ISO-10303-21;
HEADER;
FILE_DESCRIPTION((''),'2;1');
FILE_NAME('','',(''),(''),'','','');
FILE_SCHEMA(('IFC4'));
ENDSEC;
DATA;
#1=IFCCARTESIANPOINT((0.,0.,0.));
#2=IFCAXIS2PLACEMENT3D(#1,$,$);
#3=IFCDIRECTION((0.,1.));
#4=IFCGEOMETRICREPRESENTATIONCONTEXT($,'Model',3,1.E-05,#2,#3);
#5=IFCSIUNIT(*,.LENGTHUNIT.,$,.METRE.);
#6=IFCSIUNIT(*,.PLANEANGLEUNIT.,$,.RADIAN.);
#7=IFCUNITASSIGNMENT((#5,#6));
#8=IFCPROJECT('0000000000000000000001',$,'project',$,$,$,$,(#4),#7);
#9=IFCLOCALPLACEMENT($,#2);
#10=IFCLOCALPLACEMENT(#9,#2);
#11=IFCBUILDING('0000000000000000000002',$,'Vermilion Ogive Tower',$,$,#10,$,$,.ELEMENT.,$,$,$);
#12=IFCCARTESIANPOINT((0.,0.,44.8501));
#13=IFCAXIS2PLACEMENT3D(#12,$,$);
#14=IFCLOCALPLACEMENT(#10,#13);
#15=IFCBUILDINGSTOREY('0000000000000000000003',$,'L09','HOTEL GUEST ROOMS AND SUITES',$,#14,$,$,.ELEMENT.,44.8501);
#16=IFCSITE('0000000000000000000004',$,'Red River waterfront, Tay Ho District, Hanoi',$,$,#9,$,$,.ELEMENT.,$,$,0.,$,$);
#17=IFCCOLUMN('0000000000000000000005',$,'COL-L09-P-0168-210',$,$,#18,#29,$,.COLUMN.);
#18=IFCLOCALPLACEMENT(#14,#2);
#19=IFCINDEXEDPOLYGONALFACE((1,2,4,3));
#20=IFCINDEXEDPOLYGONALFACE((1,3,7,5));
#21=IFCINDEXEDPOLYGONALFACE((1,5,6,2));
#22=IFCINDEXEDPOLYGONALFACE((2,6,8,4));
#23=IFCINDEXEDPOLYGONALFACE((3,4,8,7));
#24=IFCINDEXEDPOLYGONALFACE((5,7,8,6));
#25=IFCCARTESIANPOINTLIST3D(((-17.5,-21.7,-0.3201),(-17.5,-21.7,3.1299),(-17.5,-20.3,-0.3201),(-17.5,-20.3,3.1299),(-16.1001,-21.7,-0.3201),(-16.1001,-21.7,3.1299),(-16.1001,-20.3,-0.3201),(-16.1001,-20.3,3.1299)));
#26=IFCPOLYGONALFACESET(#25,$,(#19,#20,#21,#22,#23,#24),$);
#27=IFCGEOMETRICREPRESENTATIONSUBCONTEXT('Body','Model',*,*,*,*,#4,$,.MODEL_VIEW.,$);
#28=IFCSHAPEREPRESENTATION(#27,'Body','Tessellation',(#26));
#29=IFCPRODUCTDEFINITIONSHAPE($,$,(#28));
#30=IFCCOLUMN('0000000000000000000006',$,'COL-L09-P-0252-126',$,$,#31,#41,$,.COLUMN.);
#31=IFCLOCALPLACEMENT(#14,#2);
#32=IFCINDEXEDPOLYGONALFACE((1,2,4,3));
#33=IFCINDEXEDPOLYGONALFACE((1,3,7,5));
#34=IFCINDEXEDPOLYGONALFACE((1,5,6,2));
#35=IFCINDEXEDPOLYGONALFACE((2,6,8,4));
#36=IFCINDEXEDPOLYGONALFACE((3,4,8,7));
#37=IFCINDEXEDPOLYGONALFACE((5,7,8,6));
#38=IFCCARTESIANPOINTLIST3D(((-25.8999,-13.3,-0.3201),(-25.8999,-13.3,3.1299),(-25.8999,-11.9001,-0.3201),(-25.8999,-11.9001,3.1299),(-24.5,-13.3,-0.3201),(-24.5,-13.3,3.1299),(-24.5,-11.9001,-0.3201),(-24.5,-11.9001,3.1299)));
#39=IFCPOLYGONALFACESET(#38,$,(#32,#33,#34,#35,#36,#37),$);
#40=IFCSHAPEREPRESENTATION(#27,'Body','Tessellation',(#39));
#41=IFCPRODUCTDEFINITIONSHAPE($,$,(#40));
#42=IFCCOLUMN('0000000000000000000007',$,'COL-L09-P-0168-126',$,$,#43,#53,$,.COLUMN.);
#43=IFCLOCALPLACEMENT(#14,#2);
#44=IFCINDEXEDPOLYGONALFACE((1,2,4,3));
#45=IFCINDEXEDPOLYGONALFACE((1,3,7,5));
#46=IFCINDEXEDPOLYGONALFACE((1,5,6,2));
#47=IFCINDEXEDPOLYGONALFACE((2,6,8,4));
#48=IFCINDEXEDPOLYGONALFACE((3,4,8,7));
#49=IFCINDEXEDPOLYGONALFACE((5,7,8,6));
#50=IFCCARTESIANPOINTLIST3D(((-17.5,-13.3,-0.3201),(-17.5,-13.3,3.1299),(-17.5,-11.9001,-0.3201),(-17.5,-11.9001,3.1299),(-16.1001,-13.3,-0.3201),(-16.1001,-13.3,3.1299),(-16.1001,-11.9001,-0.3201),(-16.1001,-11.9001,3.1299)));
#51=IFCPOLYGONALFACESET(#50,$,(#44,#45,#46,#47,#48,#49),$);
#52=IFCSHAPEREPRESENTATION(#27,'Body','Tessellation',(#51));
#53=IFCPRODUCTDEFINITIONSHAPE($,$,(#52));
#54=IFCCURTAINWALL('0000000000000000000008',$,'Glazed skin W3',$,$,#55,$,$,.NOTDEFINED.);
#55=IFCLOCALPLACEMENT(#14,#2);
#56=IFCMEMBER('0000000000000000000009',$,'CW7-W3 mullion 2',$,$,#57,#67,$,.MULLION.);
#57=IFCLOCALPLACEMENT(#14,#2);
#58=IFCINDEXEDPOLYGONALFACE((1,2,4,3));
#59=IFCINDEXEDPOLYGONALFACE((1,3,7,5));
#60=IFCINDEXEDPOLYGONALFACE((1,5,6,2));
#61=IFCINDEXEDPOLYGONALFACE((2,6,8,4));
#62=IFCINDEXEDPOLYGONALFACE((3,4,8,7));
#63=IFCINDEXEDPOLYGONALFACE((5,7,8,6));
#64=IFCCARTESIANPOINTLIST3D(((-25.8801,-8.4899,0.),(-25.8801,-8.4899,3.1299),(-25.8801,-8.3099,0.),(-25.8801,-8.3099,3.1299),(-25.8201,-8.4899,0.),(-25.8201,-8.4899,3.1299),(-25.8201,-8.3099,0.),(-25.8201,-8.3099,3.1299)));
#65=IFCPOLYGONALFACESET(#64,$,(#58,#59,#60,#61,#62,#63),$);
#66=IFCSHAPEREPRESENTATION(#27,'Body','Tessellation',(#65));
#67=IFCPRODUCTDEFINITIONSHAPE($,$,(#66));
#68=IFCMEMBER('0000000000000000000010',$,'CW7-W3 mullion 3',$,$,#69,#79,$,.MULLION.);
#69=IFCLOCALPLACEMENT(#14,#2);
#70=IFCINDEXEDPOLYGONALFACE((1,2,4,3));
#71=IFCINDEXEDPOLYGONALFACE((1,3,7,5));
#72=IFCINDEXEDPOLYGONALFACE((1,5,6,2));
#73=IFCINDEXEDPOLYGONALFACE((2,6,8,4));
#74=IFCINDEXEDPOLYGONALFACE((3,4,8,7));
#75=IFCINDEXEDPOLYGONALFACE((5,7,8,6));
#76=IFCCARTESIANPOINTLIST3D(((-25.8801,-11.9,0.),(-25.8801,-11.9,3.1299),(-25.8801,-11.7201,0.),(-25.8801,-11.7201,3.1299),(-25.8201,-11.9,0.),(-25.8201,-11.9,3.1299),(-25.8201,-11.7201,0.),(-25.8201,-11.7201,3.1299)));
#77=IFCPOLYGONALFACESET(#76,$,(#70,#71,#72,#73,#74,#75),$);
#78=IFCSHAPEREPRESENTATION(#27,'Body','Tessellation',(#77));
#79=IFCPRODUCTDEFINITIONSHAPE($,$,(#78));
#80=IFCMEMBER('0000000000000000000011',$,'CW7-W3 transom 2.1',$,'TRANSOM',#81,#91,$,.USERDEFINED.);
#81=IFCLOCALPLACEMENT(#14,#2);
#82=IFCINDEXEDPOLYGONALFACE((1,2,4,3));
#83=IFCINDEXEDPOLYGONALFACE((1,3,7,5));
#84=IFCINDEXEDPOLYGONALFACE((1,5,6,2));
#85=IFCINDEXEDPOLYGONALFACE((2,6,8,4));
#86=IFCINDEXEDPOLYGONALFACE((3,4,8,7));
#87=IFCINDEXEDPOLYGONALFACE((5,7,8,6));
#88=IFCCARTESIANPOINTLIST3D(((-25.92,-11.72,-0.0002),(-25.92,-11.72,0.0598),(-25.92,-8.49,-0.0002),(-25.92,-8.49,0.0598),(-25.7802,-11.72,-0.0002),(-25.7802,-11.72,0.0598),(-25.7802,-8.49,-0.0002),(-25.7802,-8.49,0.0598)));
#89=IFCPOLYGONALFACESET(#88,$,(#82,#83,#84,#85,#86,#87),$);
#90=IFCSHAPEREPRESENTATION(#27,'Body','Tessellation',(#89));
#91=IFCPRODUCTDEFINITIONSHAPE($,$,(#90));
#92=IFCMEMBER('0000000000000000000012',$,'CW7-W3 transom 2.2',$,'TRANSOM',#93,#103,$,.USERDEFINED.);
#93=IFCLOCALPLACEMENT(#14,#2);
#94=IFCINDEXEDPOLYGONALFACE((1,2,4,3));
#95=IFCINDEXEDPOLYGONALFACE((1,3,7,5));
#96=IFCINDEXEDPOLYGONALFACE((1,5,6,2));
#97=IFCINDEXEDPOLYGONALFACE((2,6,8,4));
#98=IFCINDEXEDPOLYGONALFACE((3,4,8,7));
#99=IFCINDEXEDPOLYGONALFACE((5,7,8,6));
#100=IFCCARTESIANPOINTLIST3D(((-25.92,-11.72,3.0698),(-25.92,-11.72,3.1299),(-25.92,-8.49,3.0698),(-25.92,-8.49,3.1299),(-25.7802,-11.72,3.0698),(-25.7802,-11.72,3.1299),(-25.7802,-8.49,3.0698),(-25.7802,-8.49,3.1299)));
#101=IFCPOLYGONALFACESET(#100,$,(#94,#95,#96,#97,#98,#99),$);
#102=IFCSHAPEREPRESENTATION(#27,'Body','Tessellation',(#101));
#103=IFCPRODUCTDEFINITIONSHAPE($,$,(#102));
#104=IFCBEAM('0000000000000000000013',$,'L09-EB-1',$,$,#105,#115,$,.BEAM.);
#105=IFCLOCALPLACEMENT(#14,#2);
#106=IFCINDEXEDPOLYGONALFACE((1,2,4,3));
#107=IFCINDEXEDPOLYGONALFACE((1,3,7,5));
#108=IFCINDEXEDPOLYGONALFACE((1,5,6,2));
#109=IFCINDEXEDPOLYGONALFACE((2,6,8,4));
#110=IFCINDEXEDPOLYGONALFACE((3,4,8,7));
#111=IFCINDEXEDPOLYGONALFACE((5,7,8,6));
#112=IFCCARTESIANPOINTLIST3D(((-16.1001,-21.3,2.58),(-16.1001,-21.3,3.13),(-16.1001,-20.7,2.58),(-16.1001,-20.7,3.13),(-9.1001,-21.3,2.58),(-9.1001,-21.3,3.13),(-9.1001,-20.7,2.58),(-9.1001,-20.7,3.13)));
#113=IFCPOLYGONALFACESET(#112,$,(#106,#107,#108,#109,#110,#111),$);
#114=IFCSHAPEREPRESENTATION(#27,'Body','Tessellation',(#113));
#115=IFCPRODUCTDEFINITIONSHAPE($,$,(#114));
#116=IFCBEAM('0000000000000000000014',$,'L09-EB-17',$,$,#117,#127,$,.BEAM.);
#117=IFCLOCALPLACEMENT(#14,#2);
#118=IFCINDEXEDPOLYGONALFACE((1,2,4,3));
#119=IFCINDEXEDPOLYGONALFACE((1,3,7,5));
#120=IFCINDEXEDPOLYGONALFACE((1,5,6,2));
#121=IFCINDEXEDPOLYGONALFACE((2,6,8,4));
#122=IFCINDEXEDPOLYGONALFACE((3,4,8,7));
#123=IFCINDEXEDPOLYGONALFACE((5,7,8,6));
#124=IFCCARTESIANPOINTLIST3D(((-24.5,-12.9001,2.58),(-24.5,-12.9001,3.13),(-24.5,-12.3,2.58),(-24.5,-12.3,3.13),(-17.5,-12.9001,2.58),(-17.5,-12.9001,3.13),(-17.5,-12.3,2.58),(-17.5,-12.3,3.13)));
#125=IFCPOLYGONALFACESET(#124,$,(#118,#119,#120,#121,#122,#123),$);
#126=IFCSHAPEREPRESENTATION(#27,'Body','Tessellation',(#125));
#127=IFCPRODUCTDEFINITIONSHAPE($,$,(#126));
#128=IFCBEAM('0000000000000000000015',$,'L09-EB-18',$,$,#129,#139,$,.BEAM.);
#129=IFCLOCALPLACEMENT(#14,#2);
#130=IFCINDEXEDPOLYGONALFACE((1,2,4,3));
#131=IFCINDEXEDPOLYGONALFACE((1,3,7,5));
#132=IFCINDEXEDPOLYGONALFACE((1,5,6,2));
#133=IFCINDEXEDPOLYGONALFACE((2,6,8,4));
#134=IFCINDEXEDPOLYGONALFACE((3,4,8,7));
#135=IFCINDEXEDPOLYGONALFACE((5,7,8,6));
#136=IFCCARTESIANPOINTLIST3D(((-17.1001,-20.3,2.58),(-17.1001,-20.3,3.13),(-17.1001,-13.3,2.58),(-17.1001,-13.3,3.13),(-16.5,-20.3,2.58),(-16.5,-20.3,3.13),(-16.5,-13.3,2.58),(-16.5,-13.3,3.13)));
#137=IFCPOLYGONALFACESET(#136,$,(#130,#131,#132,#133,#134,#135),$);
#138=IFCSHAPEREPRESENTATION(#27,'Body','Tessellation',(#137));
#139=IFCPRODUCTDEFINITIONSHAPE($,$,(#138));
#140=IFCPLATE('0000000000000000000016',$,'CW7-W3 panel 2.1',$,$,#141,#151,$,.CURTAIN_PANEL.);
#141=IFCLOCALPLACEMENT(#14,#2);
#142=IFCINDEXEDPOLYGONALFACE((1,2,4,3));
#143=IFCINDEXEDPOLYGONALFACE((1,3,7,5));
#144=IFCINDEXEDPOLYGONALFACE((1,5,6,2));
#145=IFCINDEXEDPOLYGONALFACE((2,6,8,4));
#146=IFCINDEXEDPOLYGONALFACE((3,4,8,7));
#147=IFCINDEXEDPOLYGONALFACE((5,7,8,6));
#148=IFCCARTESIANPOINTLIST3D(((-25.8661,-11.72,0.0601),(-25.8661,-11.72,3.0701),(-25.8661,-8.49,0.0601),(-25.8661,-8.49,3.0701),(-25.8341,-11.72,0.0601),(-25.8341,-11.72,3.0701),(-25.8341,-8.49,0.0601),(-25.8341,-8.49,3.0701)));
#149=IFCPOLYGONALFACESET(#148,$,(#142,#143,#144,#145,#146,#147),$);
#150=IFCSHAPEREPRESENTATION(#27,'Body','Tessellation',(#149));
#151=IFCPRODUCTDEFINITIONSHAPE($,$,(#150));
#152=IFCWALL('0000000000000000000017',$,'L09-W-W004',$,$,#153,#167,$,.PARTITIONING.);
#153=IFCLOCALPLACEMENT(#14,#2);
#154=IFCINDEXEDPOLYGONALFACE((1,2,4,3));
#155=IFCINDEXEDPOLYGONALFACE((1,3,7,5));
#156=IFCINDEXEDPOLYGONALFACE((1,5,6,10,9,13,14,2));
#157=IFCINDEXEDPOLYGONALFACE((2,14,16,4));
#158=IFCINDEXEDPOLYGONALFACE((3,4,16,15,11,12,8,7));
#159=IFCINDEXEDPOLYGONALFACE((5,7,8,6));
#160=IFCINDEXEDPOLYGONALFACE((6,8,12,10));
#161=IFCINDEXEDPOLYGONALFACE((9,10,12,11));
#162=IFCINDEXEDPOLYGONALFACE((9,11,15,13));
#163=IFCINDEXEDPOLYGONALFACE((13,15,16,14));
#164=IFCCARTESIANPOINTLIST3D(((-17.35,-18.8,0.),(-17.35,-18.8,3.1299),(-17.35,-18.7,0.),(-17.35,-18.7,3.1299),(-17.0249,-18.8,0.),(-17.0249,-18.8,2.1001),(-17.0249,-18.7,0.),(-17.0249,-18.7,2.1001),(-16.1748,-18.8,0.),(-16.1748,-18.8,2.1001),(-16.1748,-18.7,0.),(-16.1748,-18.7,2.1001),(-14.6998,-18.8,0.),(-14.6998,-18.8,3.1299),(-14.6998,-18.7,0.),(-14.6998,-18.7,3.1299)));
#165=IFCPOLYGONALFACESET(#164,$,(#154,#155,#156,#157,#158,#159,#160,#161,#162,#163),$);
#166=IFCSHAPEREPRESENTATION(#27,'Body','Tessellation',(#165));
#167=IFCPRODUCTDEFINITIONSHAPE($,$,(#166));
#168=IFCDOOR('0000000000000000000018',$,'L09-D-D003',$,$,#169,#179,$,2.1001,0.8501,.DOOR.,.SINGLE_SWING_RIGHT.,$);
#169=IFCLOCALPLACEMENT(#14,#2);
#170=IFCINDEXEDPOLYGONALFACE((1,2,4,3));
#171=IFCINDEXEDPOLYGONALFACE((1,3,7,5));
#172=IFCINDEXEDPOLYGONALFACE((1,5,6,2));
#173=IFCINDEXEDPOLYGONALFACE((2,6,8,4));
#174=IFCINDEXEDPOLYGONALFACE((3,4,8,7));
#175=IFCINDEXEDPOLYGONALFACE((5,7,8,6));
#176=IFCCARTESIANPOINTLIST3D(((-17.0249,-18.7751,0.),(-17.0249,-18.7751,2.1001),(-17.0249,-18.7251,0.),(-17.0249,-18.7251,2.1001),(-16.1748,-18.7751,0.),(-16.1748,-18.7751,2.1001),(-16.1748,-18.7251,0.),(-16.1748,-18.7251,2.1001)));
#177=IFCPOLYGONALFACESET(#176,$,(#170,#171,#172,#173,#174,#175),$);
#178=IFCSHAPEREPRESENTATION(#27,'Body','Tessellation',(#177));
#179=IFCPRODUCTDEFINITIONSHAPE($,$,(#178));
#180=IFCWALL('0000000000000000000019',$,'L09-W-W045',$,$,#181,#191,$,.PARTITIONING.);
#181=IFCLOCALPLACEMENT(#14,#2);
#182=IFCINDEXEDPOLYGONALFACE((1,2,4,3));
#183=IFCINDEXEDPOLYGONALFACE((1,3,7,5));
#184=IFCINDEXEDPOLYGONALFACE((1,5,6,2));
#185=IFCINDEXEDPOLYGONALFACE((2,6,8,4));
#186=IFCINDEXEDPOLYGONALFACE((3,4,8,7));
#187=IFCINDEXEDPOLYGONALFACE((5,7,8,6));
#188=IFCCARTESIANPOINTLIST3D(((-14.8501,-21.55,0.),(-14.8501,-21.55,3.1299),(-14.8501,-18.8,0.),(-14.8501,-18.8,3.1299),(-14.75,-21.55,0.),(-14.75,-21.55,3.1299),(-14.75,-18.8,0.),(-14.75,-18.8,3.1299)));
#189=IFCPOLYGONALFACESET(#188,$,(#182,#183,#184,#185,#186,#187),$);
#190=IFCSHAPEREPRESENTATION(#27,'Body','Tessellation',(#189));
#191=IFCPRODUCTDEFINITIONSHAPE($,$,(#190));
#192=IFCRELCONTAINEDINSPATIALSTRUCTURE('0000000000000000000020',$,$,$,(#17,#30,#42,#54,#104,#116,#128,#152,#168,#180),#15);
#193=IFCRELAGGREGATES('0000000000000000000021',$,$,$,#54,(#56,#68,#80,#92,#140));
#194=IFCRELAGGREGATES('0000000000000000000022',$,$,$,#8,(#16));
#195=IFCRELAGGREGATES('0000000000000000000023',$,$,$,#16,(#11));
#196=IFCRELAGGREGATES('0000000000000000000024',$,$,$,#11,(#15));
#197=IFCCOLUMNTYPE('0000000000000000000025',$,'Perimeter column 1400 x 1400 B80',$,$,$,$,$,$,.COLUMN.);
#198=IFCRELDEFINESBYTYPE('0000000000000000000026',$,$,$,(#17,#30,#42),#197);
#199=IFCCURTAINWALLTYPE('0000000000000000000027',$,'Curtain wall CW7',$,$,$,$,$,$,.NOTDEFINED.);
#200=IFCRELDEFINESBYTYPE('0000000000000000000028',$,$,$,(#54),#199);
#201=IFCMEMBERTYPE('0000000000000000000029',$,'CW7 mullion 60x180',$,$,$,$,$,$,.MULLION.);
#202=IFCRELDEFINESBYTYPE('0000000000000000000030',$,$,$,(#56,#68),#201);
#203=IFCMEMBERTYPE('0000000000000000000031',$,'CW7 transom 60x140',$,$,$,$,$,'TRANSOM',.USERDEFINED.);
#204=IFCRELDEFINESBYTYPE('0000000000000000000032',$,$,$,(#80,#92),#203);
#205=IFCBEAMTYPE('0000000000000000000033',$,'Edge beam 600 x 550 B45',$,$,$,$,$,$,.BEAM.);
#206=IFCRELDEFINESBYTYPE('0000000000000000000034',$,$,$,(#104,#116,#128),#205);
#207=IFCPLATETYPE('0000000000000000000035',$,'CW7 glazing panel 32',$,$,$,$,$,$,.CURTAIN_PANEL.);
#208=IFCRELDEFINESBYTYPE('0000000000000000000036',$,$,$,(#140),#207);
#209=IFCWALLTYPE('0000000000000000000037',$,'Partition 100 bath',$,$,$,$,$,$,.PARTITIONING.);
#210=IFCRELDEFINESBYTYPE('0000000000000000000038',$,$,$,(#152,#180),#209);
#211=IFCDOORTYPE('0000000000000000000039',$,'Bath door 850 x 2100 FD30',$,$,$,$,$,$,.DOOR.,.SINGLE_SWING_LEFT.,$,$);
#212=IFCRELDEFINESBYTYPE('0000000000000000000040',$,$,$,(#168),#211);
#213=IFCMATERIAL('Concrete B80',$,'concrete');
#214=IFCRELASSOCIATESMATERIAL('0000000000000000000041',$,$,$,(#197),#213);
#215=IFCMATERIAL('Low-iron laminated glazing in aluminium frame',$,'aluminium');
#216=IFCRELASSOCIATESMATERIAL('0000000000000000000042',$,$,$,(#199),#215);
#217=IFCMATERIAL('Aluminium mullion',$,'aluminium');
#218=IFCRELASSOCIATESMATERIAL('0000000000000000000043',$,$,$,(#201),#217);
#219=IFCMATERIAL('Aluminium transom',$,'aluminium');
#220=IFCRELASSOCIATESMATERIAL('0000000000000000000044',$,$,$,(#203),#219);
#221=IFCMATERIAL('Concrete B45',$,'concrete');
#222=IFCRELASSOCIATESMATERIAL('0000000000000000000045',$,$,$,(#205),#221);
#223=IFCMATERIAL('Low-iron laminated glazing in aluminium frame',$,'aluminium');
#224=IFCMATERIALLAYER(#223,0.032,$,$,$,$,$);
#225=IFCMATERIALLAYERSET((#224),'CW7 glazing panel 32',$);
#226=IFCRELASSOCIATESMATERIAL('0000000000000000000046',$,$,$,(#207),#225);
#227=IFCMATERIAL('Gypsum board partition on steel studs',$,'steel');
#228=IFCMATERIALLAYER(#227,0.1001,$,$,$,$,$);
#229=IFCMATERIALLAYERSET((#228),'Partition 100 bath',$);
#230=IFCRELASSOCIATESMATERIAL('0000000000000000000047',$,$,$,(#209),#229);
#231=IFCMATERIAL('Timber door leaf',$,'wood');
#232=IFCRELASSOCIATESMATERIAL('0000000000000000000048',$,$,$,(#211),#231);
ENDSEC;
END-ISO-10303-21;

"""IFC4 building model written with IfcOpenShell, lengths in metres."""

from ifc_helpers import new_model, si_unit, direction, frame, frame_2d, origin, origin_2d, place, context, subcontext, project, spatial, rectangle, extrude, material, layer, layer_set, material_profile, profile_set, type_object, element, fill, aggregate, save


model = new_model("IFC4")

# Units and contexts
model_context = context("Model", 3, precision=1e-05, world=origin(), true_north=direction((0.0, 1.0)))
body_context = subcontext(model_context, "Body", "Model", "MODEL_VIEW")
ifc_project = project(units=[si_unit("LENGTHUNIT", "METRE"), si_unit("PLANEANGLEUNIT", "RADIAN")], contexts=[model_context])

# Site, building, storey
site_placement = place(None, origin())
site = spatial("IfcSite", under=ifc_project, at=site_placement, Name="Red River waterfront, Tay Ho District, Hanoi", CompositionType="ELEMENT", RefElevation=0.0)
building_placement = place(site_placement, origin())
building = spatial("IfcBuilding", under=site, at=building_placement, Name="Vermilion Ogive Tower", CompositionType="ELEMENT")
storey_placement = place(building_placement, frame((0.0, 0.0, 44.8501)))
storey = spatial("IfcBuildingStorey", under=building, at=storey_placement, Name="L09", Description="HOTEL GUEST ROOMS AND SUITES", CompositionType="ELEMENT", Elevation=44.8501)

# Columns
ifc_material_1 = material(Name="Concrete B80", Category="concrete")
ifc_material_profile_1 = material_profile(ifc_material_1, rectangle(XDim=1.3999, YDim=1.3999, at=origin_2d()), Name="1400 x 1400")
ifc_profile_set_1 = profile_set([ifc_material_profile_1], Name="Concrete B80")
column_type = type_object("IfcColumnType", Name="Perimeter column 1400 x 1400 B80", PredefinedType="COLUMN", material=ifc_profile_set_1)
for number, where, z_axis, x_axis, name in (
    (1, (-16.8, -21.0, -0.3201), (0.0, 0.0, 1.0), (1.0, 0.0, 0.0), "COL-L09-P-0168-210"),
    (2, (-25.2, -12.6001, -0.3201), (0.0, 0.0, 1.0), (1.0, 0.0, 0.0), "COL-L09-P-0252-126"),
    (3, (-16.8, -12.6001, -0.3201), (0.0, 0.0, 1.0), (1.0, 0.0, 0.0), "COL-L09-P-0168-126"),
):
    element("IfcColumn", number, at=place(storey_placement, frame(where, z_axis=z_axis, x_axis=x_axis)), inside=storey, type_object=column_type, Name=name, PredefinedType="COLUMN", context=body_context, shape_type="SweptSolid", body=[
        extrude(rectangle(XDim=1.3999, YDim=1.3999, at=origin_2d()), origin(), (0.0, 0.0, 1.0), 3.45),
    ])

# Curtain wall, members
ifc_material_2 = material(Name="Low-iron laminated glazing in aluminium frame", Category="aluminium")
curtain_wall_type = type_object("IfcCurtainWallType", Name="Curtain wall CW7", PredefinedType="NOTDEFINED", material=ifc_material_2)
curtain_wall_placement = place(storey_placement, origin())
curtain_wall = element("IfcCurtainWall", 4, at=curtain_wall_placement, inside=storey, type_object=curtain_wall_type, Name="Glazed skin W3", PredefinedType="NOTDEFINED")
ifc_material_3 = material(Name="Aluminium mullion", Category="aluminium")
ifc_material_profile_2 = material_profile(ifc_material_3, rectangle(XDim=0.0601, YDim=0.1799, at=origin_2d()), Name="AL 60x180")
ifc_profile_set_2 = profile_set([ifc_material_profile_2], Name="Aluminium mullion")
member_type_1 = type_object("IfcMemberType", Name="CW7 mullion 60x180", PredefinedType="MULLION", material=ifc_profile_set_2)
member_1_placement = place(storey_placement, frame((-25.8501, -8.3999, 0.0), z_axis=(0.0, 0.0, 1.0), x_axis=(1.0, 0.0, 0.0)))
member_1 = element("IfcMember", 5, at=member_1_placement, type_object=member_type_1, Name="CW7-W3 mullion 2", PredefinedType="MULLION", context=body_context, shape_type="SweptSolid", body=[
    extrude(rectangle(XDim=0.0601, YDim=0.1799, at=origin_2d()), origin(), (0.0, 0.0, 1.0), 3.1299),
])
member_2_placement = place(storey_placement, frame((-25.8501, -11.8101, 0.0), z_axis=(0.0, 0.0, 1.0), x_axis=(1.0, 0.0, 0.0)))
member_2 = element("IfcMember", 6, at=member_2_placement, type_object=member_type_1, Name="CW7-W3 mullion 3", PredefinedType="MULLION", context=body_context, shape_type="SweptSolid", body=[
    extrude(rectangle(XDim=0.0601, YDim=0.1799, at=origin_2d()), origin(), (0.0, 0.0, 1.0), 3.1299),
])
ifc_material_4 = material(Name="Aluminium transom", Category="aluminium")
ifc_material_profile_3 = material_profile(ifc_material_4, rectangle(XDim=0.1399, YDim=0.0601, at=origin_2d()), Name="AL 60x140")
ifc_profile_set_3 = profile_set([ifc_material_profile_3], Name="Aluminium transom")
member_type_2 = type_object("IfcMemberType", Name="CW7 transom 60x140", ElementType="TRANSOM", PredefinedType="USERDEFINED", material=ifc_profile_set_3)
member_3_placement = place(storey_placement, frame((-25.8501, -8.49, 0.0298), z_axis=(0.0, -1.0, 0.0), x_axis=(1.0, 0.0, 0.0)))
member_3 = element("IfcMember", 7, at=member_3_placement, type_object=member_type_2, Name="CW7-W3 transom 2.1", ObjectType="TRANSOM", PredefinedType="USERDEFINED", context=body_context, shape_type="SweptSolid", body=[
    extrude(rectangle(XDim=0.1399, YDim=0.0601, at=origin_2d()), origin(), (0.0, 0.0, 1.0), 3.23),
])
member_4_placement = place(storey_placement, frame((-25.8501, -8.49, 3.0999), z_axis=(0.0, -1.0, 0.0), x_axis=(1.0, 0.0, 0.0)))
member_4 = element("IfcMember", 8, at=member_4_placement, type_object=member_type_2, Name="CW7-W3 transom 2.2", ObjectType="TRANSOM", PredefinedType="USERDEFINED", context=body_context, shape_type="SweptSolid", body=[
    extrude(rectangle(XDim=0.1399, YDim=0.0601, at=origin_2d()), origin(), (0.0, 0.0, 1.0), 3.23),
])

# Beams
ifc_material_5 = material(Name="Concrete B45", Category="concrete")
ifc_material_profile_4 = material_profile(ifc_material_5, rectangle(XDim=0.6001, YDim=0.55, at=origin_2d()), Name="600 x 550")
ifc_profile_set_4 = profile_set([ifc_material_profile_4], Name="Concrete B45")
beam_type = type_object("IfcBeamType", Name="Edge beam 600 x 550 B45", PredefinedType="BEAM", material=ifc_profile_set_4)
for number, where, z_axis, x_axis, name in (
    (9, (-16.1001, -21.0, 2.855), (1.0, 0.0, 0.0), (0.0, 1.0, 0.0), "L09-EB-1"),
    (10, (-24.5, -12.6001, 2.855), (1.0, 0.0, 0.0), (0.0, 1.0, 0.0), "L09-EB-17"),
    (11, (-16.8, -13.3, 2.855), (0.0, -1.0, 0.0), (1.0, 0.0, 0.0), "L09-EB-18"),
):
    element("IfcBeam", number, at=place(storey_placement, frame(where, z_axis=z_axis, x_axis=x_axis)), inside=storey, type_object=beam_type, Name=name, PredefinedType="BEAM", context=body_context, shape_type="SweptSolid", body=[
        extrude(rectangle(XDim=0.6001, YDim=0.55, at=origin_2d()), origin(), (0.0, 0.0, 1.0), 7.0),
    ])

# Plate
ifc_material_6 = material(Name="Low-iron laminated glazing in aluminium frame", Category="aluminium")
ifc_layer_1 = layer(ifc_material_6, 0.032)
ifc_layer_set_1 = layer_set([ifc_layer_1], Name="CW7 glazing panel 32")
plate_type = type_object("IfcPlateType", Name="CW7 glazing panel 32", PredefinedType="CURTAIN_PANEL", material=ifc_layer_set_1)
plate_placement = place(storey_placement, frame((-25.8501, -10.105, 0.0601), z_axis=(0.0, 0.0, 1.0), x_axis=(0.0, -1.0, 0.0)))
plate = element("IfcPlate", 12, at=plate_placement, type_object=plate_type, Name="CW7-W3 panel 2.1", PredefinedType="CURTAIN_PANEL", context=body_context, shape_type="SweptSolid", body=[
    extrude(rectangle(XDim=3.23, YDim=0.032, at=origin_2d()), origin(), (0.0, 0.0, 1.0), 3.01),
])
aggregate(curtain_wall, [member_1, member_2, member_3, member_4, plate])

# Wall, opening, door
ifc_material_7 = material(Name="Gypsum board partition on steel studs", Category="steel")
ifc_layer_2 = layer(ifc_material_7, 0.1001)
ifc_layer_set_2 = layer_set([ifc_layer_2], Name="Partition 100 bath")
wall_type_1 = type_object("IfcWallType", Name="Partition 100 bath", PredefinedType="PARTITIONING", material=ifc_layer_set_2)
wall_1_placement = place(storey_placement, frame((-17.3501, -18.75, 0.0), z_axis=(0.0, 0.0, 1.0), x_axis=(1.0, 0.0, 0.0)))
wall_1 = element("IfcWall", 13, at=wall_1_placement, inside=storey, type_object=wall_type_1, Name="L09-W-W004", PredefinedType="PARTITIONING", context=body_context, shape_type="SweptSolid", body=[
    extrude(rectangle(XDim=2.6501, YDim=0.1001, at=frame_2d((1.3252, 0.0))), origin(), (0.0, 0.0, 1.0), 3.1299),
])
opening_1_placement = place(wall_1_placement, frame((0.3252, 0.0, 0.0)))
opening_1 = element("IfcOpeningElement", 14, at=opening_1_placement, cuts=wall_1, PredefinedType="OPENING", context=body_context, shape_type="SweptSolid", body=[
    extrude(rectangle(XDim=0.8501, YDim=2.1001, at=frame_2d((0.425, 1.05))), frame((0.0, 0.0601, 0.0), z_axis=(0.0, -1.0, 0.0), x_axis=(1.0, 0.0, 0.0)), (0.0, 0.0, 1.0), 0.1201),
])
ifc_material_8 = material(Name="Timber door leaf", Category="wood")
door_type_1 = type_object("IfcDoorType", Name="Bath door 850 x 2100 FD30", OperationType="SINGLE_SWING_LEFT", PredefinedType="DOOR", material=ifc_material_8)
door_1_placement = place(opening_1_placement, origin())
door_1 = element("IfcDoor", 15, at=door_1_placement, inside=storey, type_object=door_type_1, Name="L09-D-D003", OperationType="SINGLE_SWING_RIGHT", OverallHeight=2.1001, OverallWidth=0.8501, PredefinedType="DOOR", context=body_context, shape_type="SweptSolid", body=[
    extrude(rectangle(XDim=0.8501, YDim=2.1001, at=frame_2d((0.425, 1.05))), frame((0.0, 0.0249, 0.0), z_axis=(0.0, -1.0, 0.0), x_axis=(1.0, 0.0, 0.0)), (0.0, 0.0, 1.0), 0.05),
])
fill(opening_1, door_1)

# Wall
wall_2_placement = place(storey_placement, frame((-14.8, -21.55, 0.0), z_axis=(0.0, 0.0, 1.0), x_axis=(0.0, 1.0, 0.0)))
element("IfcWall", 16, at=wall_2_placement, inside=storey, type_object=wall_type_1, Name="L09-W-W045", PredefinedType="PARTITIONING", context=body_context, shape_type="SweptSolid", body=[
    extrude(rectangle(XDim=2.75, YDim=0.1001, at=frame_2d((1.375, 0.0))), origin(), (0.0, 0.0, 1.0), 3.1299),
])

save(model, "model.ifc")
